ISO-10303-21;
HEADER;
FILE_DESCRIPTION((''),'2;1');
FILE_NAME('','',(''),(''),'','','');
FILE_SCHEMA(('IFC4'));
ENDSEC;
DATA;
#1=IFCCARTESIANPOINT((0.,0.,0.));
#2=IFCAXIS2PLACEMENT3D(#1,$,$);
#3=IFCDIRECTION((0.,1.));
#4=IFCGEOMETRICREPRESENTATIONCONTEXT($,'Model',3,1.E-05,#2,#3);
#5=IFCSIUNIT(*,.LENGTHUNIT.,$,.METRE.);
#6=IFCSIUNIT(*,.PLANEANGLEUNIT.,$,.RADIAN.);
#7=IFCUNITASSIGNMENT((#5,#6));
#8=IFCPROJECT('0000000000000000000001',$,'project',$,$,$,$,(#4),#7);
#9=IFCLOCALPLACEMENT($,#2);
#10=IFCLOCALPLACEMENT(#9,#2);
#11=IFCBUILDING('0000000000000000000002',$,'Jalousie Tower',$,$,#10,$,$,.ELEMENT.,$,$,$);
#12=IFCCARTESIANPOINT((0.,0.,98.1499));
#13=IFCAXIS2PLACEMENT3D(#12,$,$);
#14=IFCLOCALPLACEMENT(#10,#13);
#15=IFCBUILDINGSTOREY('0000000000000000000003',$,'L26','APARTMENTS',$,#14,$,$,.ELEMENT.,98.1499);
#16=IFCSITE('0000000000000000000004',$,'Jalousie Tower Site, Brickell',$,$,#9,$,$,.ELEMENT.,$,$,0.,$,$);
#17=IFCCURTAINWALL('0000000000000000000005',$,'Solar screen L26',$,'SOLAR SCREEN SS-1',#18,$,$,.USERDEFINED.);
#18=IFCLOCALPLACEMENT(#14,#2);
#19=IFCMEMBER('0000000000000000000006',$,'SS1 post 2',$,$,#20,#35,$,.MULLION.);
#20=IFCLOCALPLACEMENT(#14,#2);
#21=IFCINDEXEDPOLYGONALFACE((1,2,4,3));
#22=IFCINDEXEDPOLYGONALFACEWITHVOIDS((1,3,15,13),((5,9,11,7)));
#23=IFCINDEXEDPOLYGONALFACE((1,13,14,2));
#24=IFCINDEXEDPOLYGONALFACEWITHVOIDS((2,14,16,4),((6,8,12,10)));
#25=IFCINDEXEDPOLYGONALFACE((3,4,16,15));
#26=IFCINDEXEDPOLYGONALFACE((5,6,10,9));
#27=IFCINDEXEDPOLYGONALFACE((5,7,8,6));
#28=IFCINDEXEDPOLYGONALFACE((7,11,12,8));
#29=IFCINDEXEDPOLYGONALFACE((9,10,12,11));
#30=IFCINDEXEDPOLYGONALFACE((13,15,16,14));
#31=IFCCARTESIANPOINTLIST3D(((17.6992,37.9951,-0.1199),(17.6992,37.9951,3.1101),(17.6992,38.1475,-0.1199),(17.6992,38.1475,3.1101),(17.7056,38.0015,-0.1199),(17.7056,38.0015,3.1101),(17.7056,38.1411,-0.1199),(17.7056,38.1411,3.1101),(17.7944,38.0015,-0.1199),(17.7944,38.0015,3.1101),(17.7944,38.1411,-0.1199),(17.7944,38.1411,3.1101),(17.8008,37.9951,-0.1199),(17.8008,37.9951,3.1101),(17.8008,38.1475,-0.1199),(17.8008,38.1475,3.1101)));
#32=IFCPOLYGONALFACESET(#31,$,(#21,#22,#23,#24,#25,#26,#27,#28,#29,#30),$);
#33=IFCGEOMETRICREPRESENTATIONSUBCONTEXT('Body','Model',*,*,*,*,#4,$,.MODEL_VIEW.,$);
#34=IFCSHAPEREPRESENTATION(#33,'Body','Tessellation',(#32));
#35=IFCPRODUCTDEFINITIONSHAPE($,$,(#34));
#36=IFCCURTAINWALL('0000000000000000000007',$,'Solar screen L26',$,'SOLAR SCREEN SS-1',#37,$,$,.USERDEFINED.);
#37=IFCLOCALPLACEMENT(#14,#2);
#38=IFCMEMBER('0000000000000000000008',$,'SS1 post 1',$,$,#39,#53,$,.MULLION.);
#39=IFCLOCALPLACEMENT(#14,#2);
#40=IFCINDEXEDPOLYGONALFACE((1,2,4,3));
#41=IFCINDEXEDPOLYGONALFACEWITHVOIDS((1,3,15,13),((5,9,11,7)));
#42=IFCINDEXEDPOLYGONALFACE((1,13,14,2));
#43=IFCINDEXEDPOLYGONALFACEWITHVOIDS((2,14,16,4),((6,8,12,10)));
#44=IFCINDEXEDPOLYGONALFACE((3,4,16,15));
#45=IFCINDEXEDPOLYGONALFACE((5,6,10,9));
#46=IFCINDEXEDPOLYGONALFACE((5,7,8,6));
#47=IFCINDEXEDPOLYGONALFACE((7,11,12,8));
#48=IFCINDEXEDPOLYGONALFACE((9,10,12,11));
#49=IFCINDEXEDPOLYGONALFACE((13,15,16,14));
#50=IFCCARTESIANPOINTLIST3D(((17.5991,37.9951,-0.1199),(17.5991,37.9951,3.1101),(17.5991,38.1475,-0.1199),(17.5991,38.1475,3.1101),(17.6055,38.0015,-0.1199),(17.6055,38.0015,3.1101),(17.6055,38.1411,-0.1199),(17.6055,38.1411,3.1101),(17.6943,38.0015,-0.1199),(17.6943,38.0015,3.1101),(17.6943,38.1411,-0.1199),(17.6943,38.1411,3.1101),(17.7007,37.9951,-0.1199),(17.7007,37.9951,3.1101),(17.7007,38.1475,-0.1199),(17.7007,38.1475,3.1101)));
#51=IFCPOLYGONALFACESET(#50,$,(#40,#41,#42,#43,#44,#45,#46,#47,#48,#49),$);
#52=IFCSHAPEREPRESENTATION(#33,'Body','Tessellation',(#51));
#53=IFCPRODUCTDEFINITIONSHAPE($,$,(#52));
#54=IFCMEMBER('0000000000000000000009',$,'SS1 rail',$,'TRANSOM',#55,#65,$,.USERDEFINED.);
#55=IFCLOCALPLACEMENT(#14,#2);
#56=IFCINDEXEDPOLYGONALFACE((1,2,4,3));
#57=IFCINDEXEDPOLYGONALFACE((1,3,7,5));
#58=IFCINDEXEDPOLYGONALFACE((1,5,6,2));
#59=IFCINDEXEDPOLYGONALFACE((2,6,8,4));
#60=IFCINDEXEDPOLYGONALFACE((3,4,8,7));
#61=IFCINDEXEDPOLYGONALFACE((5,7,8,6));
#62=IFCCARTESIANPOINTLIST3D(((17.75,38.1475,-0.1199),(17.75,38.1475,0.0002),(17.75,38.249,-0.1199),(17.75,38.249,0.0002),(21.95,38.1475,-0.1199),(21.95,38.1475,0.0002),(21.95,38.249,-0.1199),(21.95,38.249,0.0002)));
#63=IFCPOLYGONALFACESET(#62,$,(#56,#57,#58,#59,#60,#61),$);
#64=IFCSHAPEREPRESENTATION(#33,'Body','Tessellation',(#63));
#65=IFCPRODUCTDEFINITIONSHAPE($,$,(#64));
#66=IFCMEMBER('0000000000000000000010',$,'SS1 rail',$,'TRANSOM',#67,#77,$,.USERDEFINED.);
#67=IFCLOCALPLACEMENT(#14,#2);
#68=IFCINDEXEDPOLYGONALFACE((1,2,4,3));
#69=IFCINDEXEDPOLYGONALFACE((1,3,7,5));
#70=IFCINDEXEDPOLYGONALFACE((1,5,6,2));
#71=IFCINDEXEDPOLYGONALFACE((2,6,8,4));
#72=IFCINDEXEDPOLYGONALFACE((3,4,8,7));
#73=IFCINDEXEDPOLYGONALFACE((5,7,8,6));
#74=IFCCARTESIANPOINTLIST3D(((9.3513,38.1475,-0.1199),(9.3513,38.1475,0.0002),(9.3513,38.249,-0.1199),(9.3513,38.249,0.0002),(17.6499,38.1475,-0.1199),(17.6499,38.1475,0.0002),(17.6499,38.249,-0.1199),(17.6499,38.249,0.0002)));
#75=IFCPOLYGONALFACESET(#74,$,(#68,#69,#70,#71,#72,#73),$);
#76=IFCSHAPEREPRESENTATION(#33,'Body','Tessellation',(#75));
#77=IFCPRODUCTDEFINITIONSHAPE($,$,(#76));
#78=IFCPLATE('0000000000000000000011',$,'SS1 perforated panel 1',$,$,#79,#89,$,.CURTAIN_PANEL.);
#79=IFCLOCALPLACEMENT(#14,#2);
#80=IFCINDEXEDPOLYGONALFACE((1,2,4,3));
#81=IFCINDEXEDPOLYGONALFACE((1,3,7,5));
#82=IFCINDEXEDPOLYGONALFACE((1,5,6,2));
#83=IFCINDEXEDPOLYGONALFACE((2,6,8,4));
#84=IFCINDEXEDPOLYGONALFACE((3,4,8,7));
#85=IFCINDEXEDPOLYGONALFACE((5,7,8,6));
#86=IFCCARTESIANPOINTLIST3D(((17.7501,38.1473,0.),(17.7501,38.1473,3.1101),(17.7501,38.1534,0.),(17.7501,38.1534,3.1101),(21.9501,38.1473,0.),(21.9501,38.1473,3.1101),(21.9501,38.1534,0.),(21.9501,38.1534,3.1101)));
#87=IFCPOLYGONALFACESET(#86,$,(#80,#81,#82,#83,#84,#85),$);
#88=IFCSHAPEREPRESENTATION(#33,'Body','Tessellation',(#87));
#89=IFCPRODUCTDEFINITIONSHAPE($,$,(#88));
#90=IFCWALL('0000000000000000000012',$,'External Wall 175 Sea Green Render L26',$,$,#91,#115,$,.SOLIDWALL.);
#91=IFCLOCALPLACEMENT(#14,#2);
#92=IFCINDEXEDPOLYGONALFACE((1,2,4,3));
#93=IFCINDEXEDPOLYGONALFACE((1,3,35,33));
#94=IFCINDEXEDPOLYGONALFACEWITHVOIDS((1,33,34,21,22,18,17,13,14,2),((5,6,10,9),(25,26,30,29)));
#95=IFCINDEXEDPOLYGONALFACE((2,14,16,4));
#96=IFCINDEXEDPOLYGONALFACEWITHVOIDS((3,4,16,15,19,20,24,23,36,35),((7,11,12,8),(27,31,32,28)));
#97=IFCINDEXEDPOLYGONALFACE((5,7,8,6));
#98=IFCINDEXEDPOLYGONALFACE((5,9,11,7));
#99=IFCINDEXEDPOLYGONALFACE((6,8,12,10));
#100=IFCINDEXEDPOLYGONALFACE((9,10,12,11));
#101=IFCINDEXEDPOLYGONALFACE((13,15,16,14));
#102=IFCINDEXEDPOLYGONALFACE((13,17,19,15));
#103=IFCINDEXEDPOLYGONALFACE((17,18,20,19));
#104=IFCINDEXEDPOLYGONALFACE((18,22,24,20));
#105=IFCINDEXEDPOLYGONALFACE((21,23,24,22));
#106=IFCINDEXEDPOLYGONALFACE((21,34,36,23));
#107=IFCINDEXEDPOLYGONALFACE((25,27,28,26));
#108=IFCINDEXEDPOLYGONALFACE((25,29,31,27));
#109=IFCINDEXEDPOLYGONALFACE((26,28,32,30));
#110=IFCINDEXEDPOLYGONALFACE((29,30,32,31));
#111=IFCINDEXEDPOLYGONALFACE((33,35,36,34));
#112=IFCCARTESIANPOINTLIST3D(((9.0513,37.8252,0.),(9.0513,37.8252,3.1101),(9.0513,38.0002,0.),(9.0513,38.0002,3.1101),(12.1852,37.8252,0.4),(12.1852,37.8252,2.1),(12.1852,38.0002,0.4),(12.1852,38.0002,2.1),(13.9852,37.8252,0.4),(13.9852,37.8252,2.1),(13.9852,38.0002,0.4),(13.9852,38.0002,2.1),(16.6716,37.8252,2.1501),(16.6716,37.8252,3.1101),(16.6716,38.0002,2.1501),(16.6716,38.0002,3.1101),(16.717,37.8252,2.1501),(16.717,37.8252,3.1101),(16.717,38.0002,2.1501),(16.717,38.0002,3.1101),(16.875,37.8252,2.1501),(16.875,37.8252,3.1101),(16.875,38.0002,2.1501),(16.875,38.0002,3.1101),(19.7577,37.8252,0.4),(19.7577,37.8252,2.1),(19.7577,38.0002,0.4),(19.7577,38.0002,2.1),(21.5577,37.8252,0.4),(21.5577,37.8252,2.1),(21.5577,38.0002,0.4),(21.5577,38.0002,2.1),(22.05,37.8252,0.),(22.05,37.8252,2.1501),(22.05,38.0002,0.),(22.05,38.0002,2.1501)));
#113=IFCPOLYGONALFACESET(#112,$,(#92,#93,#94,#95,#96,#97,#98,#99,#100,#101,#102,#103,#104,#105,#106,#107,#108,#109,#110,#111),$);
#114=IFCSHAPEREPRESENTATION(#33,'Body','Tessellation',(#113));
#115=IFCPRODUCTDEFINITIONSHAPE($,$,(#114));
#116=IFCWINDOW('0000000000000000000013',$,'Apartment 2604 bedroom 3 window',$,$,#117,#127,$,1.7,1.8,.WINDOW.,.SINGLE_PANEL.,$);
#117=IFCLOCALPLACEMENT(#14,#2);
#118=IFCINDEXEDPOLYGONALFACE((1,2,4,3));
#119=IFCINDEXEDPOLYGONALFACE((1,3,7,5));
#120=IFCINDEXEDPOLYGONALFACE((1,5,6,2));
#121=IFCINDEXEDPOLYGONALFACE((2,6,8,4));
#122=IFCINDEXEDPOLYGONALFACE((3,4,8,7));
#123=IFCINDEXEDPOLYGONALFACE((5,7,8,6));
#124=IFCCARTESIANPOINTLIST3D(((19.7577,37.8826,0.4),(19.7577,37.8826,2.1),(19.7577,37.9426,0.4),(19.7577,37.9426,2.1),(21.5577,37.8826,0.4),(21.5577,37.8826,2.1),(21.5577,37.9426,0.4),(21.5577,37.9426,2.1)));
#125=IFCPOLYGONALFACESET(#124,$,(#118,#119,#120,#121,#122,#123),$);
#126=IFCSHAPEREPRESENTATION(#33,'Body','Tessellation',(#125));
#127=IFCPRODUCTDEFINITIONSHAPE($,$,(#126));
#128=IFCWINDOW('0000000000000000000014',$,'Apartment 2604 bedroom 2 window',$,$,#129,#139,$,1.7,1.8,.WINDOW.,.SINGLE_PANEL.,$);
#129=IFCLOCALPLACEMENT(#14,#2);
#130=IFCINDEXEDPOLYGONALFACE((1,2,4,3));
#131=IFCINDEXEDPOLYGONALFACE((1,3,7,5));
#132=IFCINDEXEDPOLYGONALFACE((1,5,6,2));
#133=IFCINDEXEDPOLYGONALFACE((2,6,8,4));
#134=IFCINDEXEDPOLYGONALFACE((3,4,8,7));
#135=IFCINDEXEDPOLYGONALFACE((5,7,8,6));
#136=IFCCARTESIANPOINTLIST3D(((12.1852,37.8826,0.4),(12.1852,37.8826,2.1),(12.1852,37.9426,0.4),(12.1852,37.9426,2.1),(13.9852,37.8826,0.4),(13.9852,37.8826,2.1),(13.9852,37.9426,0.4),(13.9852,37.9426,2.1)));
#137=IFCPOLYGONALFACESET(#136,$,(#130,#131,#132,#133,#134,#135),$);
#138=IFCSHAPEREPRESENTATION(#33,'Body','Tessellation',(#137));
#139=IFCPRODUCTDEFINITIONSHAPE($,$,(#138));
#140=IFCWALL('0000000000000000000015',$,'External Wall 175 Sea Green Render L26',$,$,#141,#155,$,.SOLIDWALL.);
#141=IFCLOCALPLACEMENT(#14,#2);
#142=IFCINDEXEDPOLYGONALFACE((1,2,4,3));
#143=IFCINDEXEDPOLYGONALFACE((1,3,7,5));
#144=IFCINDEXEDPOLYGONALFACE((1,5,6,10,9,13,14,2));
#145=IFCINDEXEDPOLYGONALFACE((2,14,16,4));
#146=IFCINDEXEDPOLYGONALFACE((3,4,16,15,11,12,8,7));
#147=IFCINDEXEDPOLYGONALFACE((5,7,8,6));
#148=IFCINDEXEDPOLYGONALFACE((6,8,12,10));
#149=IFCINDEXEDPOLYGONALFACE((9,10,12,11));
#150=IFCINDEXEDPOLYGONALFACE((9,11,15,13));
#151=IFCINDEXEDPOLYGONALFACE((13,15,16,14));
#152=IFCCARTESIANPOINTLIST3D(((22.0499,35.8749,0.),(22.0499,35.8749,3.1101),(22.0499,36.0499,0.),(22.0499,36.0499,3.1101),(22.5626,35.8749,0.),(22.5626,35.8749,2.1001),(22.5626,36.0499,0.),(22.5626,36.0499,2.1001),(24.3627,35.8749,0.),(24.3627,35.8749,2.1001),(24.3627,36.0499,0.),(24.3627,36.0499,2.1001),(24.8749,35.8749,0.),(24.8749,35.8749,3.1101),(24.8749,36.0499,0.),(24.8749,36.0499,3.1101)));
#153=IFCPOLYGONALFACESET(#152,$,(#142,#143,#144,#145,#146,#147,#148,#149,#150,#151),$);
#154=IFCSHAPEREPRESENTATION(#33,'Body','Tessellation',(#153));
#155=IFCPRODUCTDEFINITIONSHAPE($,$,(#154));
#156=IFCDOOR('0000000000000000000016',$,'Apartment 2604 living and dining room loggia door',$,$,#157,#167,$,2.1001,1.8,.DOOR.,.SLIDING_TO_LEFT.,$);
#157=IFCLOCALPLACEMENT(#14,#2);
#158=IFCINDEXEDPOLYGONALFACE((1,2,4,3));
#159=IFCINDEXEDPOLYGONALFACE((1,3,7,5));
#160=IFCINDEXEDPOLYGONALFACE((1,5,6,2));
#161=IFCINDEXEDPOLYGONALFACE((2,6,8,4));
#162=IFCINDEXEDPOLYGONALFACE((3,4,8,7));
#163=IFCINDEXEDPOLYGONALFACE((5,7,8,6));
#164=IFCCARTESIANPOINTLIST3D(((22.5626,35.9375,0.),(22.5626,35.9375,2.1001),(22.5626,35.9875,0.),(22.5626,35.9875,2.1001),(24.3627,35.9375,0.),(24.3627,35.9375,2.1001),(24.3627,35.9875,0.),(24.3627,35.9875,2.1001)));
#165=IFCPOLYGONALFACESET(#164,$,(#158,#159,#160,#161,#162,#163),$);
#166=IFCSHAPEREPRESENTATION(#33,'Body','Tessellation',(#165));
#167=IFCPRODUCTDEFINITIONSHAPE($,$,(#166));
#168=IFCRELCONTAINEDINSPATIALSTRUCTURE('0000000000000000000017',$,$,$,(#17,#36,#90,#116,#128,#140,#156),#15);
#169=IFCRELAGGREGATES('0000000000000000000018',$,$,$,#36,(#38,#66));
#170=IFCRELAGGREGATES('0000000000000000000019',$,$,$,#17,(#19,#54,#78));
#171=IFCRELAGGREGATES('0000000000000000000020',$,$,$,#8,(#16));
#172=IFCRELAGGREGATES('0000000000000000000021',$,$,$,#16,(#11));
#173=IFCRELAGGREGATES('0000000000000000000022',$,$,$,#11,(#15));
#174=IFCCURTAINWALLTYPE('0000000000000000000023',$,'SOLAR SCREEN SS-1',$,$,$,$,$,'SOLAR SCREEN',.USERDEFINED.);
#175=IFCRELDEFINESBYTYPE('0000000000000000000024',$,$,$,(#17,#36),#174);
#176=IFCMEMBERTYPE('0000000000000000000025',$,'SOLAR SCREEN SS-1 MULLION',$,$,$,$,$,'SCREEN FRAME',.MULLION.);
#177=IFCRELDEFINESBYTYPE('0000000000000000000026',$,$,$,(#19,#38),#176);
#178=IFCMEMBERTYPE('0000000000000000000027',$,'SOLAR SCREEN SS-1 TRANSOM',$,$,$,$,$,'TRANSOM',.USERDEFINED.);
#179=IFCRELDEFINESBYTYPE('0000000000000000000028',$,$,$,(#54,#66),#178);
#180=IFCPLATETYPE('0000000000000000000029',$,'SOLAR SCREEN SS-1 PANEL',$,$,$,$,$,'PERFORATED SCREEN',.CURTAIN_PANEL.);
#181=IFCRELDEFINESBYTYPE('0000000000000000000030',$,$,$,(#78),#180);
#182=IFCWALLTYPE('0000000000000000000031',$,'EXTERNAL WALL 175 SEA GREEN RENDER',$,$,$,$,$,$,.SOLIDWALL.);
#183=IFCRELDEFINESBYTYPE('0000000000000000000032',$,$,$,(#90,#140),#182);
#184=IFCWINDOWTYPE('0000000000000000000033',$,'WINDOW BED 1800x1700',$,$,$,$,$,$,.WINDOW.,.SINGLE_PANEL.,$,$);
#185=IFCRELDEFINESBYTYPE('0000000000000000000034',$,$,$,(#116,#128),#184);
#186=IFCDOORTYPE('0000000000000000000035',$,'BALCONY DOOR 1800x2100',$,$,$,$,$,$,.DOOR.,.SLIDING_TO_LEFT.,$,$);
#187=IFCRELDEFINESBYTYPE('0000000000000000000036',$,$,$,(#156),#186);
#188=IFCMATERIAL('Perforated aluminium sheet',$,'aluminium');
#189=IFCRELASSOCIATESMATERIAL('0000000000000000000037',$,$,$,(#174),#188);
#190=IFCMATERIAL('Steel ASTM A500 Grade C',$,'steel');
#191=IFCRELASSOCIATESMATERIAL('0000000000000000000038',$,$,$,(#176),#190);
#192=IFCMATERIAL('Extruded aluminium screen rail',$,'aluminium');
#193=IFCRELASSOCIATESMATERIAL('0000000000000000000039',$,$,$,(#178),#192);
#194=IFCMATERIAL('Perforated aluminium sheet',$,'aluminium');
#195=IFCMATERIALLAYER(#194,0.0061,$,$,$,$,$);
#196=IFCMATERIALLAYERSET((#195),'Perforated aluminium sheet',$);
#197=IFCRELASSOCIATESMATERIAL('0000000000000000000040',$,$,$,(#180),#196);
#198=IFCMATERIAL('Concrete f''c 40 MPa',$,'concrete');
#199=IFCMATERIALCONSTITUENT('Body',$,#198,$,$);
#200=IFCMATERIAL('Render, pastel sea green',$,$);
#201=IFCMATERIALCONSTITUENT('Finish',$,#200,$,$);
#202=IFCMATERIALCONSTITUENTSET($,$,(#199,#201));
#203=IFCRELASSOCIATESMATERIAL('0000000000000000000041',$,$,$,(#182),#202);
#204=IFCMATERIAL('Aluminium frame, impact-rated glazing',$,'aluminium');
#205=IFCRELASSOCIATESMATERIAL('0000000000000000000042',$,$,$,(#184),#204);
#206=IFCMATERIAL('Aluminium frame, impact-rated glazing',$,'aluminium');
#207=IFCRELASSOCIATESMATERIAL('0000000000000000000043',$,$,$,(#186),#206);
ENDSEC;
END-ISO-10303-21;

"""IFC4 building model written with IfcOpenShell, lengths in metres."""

from ifc_helpers import new_model, si_unit, direction, frame, frame_2d, origin, origin_2d, place, context, subcontext, project, spatial, polyline, rectangle, hollow_rectangle, outline, extrude, material, layer, layer_set, constituent, constituent_set, material_profile, profile_set, type_object, element, fill, aggregate, save


model = new_model("IFC4")

# Units and contexts
model_context = context("Model", 3, precision=1e-05, world=origin(), true_north=direction((0.0, 1.0)))
body_context = subcontext(model_context, "Body", "Model", "MODEL_VIEW")
ifc_project = project(units=[si_unit("LENGTHUNIT", "METRE"), si_unit("PLANEANGLEUNIT", "RADIAN")], contexts=[model_context])

# Site, building, storey
site_placement = place(None, origin())
site = spatial("IfcSite", under=ifc_project, at=site_placement, Name="Jalousie Tower Site, Brickell", CompositionType="ELEMENT", RefElevation=0.0)
building_placement = place(site_placement, origin())
building = spatial("IfcBuilding", under=site, at=building_placement, Name="Jalousie Tower", CompositionType="ELEMENT")
storey_placement = place(building_placement, frame((0.0, 0.0, 98.1499)))
storey = spatial("IfcBuildingStorey", under=building, at=storey_placement, Name="L26", Description="APARTMENTS", CompositionType="ELEMENT", Elevation=98.1499)

# Shared definitions
ifc_material_1 = material(Name="Perforated aluminium sheet", Category="aluminium")
curtain_wall_type = type_object("IfcCurtainWallType", Name="SOLAR SCREEN SS-1", ElementType="SOLAR SCREEN", PredefinedType="USERDEFINED", material=ifc_material_1)
ifc_material_2 = material(Name="Steel ASTM A500 Grade C", Category="steel")
ifc_material_profile_1 = material_profile(ifc_material_2, hollow_rectangle(XDim=0.1016, YDim=0.1523, WallThickness=0.0063, at=origin_2d()), Name="HSS6X4X1/4")
ifc_profile_set_1 = profile_set([ifc_material_profile_1], Name="Steel ASTM A500 Grade C")
member_type_1 = type_object("IfcMemberType", Name="SOLAR SCREEN SS-1 MULLION", ElementType="SCREEN FRAME", PredefinedType="MULLION", material=ifc_profile_set_1)

# Curtain wall, member
curtain_wall_1_placement = place(storey_placement, origin())
curtain_wall_1 = element("IfcCurtainWall", 1, at=curtain_wall_1_placement, inside=storey, type_object=curtain_wall_type, Name="Solar screen L26", ObjectType="SOLAR SCREEN SS-1", PredefinedType="USERDEFINED")
member_1_placement = place(storey_placement, frame((17.75, 38.0713, -0.1199), z_axis=(0.0, 0.0, 1.0), x_axis=(-1.0, 0.0, 0.0)))
member_1 = element("IfcMember", 2, at=member_1_placement, type_object=member_type_1, Name="SS1 post 2", PredefinedType="MULLION", context=body_context, shape_type="SweptSolid", body=[
    extrude(hollow_rectangle(XDim=0.1016, YDim=0.1523, WallThickness=0.0063, at=origin_2d()), origin(), (0.0, 0.0, 1.0), 3.23),
])

# Curtain wall, member
curtain_wall_2_placement = place(storey_placement, origin())
curtain_wall_2 = element("IfcCurtainWall", 3, at=curtain_wall_2_placement, inside=storey, type_object=curtain_wall_type, Name="Solar screen L26", ObjectType="SOLAR SCREEN SS-1", PredefinedType="USERDEFINED")
member_2_placement = place(storey_placement, frame((17.6499, 38.0713, -0.1199), z_axis=(0.0, 0.0, 1.0), x_axis=(-1.0, 0.0, 0.0)))
member_2 = element("IfcMember", 4, at=member_2_placement, type_object=member_type_1, Name="SS1 post 1", PredefinedType="MULLION", context=body_context, shape_type="SweptSolid", body=[
    extrude(hollow_rectangle(XDim=0.1016, YDim=0.1523, WallThickness=0.0063, at=origin_2d()), origin(), (0.0, 0.0, 1.0), 3.23),
])

# Members
ifc_material_3 = material(Name="Extruded aluminium screen rail", Category="aluminium")
ifc_material_profile_2 = material_profile(ifc_material_3, rectangle(XDim=0.1016, YDim=0.1201, at=origin_2d()), Name="RAIL 102x120")
ifc_profile_set_2 = profile_set([ifc_material_profile_2], Name="Extruded aluminium screen rail")
member_type_2 = type_object("IfcMemberType", Name="SOLAR SCREEN SS-1 TRANSOM", ElementType="TRANSOM", PredefinedType="USERDEFINED", material=ifc_profile_set_2)
member_3_placement = place(storey_placement, frame((21.95, 38.1982, -0.0598), z_axis=(-1.0, 0.0, 0.0), x_axis=(0.0, -1.0, 0.0)))
member_3 = element("IfcMember", 5, at=member_3_placement, type_object=member_type_2, Name="SS1 rail", ObjectType="TRANSOM", PredefinedType="USERDEFINED", context=body_context, shape_type="SweptSolid", body=[
    extrude(rectangle(XDim=0.1016, YDim=0.1201, at=origin_2d()), origin(), (0.0, 0.0, 1.0), 4.2),
])
member_4_placement = place(storey_placement, frame((17.6499, 38.1982, -0.0598), z_axis=(-1.0, 0.0, 0.0), x_axis=(0.0, -1.0, 0.0)))
member_4 = element("IfcMember", 6, at=member_4_placement, type_object=member_type_2, Name="SS1 rail", ObjectType="TRANSOM", PredefinedType="USERDEFINED", context=body_context, shape_type="SweptSolid", body=[
    extrude(rectangle(XDim=0.1016, YDim=0.1201, at=origin_2d()), origin(), (0.0, 0.0, 1.0), 8.2986),
])
aggregate(curtain_wall_2, [member_2, member_4])

# Plate
ifc_material_4 = material(Name="Perforated aluminium sheet", Category="aluminium")
ifc_layer_1 = layer(ifc_material_4, 0.0061)
ifc_layer_set_1 = layer_set([ifc_layer_1], Name="Perforated aluminium sheet")
plate_type = type_object("IfcPlateType", Name="SOLAR SCREEN SS-1 PANEL", ElementType="PERFORATED SCREEN", PredefinedType="CURTAIN_PANEL", material=ifc_layer_set_1)
plate_placement = place(storey_placement, frame((19.8501, 38.1504, 0.0), z_axis=(0.0, 0.0, 1.0), x_axis=(-1.0, 0.0, 0.0)))
plate = element("IfcPlate", 7, at=plate_placement, type_object=plate_type, Name="SS1 perforated panel 1", PredefinedType="CURTAIN_PANEL", context=body_context, shape_type="SweptSolid", body=[
    extrude(rectangle(XDim=4.2, YDim=0.0061, at=origin_2d()), origin(), (0.0, 0.0, 1.0), 3.1101),
])
aggregate(curtain_wall_1, [member_1, member_3, plate])

# Wall, openings, windows
ifc_material_5 = material(Name="Concrete f'c 40 MPa", Category="concrete")
ifc_constituent_1 = constituent(ifc_material_5, Name="Body")
ifc_material_6 = material(Name="Render, pastel sea green")
ifc_constituent_2 = constituent(ifc_material_6, Name="Finish")
ifc_constituent_set_1 = constituent_set(constituents=[ifc_constituent_1, ifc_constituent_2])
wall_type_1 = type_object("IfcWallType", Name="EXTERNAL WALL 175 SEA GREEN RENDER", PredefinedType="SOLIDWALL", material=ifc_constituent_set_1)
wall_1_placement = place(storey_placement, frame((22.05, 37.9126, 0.0), z_axis=(0.0, 0.0, 1.0), x_axis=(-1.0, 0.0, 0.0)))
wall_1 = element("IfcWall", 8, at=wall_1_placement, inside=storey, type_object=wall_type_1, Name="External Wall 175 Sea Green Render L26", PredefinedType="SOLIDWALL", context=body_context, shape_type="SweptSolid", body=[
    extrude(outline(polyline([(0.0, 0.0), (12.9988, 0.0), (12.9988, 3.1101), (5.3784, 3.1101), (5.3784, 2.1501), (5.333, 2.1501), (5.333, 3.1101), (5.175, 3.1101), (5.175, 2.1501), (0.0, 2.1501), (0.0, 0.0)])), frame((0.0, 0.0874, 0.0), z_axis=(0.0, -1.0, 0.0), x_axis=(1.0, 0.0, 0.0)), (0.0, 0.0, 1.0), 0.175),
])
opening_1_placement = place(wall_1_placement, frame((0.4924, 0.0, 0.3999)))
opening_1 = element("IfcOpeningElement", 9, at=opening_1_placement, cuts=wall_1, PredefinedType="OPENING", context=body_context, shape_type="SweptSolid", body=[
    extrude(rectangle(XDim=1.8, YDim=1.7, at=frame_2d((0.8999, 0.8501))), frame((0.0, 0.0974, 0.0), z_axis=(0.0, -1.0, 0.0), x_axis=(1.0, 0.0, 0.0)), (0.0, 0.0, 1.0), 0.1951),
])
opening_2_placement = place(wall_1_placement, frame((8.0649, 0.0, 0.3999)))
opening_2 = element("IfcOpeningElement", 10, at=opening_2_placement, cuts=wall_1, PredefinedType="OPENING", context=body_context, shape_type="SweptSolid", body=[
    extrude(rectangle(XDim=1.8, YDim=1.7, at=frame_2d((0.8999, 0.8501))), frame((0.0, 0.0974, 0.0), z_axis=(0.0, -1.0, 0.0), x_axis=(1.0, 0.0, 0.0)), (0.0, 0.0, 1.0), 0.1951),
])
ifc_material_7 = material(Name="Aluminium frame, impact-rated glazing", Category="aluminium")
window_type = type_object("IfcWindowType", Name="WINDOW BED 1800x1700", PartitioningType="SINGLE_PANEL", PredefinedType="WINDOW", material=ifc_material_7)
window_1_placement = place(opening_1_placement, origin())
window_1 = element("IfcWindow", 11, at=window_1_placement, inside=storey, type_object=window_type, Name="Apartment 2604 bedroom 3 window", OverallHeight=1.7, OverallWidth=1.8, PartitioningType="SINGLE_PANEL", PredefinedType="WINDOW", context=body_context, shape_type="SweptSolid", body=[
    extrude(rectangle(XDim=1.8, YDim=1.7, at=frame_2d((0.8999, 0.8501))), frame((0.0, 0.03, 0.0), z_axis=(0.0, -1.0, 0.0), x_axis=(1.0, 0.0, 0.0)), (0.0, 0.0, 1.0), 0.0601),
])
fill(opening_1, window_1)
window_2_placement = place(opening_2_placement, origin())
window_2 = element("IfcWindow", 12, at=window_2_placement, inside=storey, type_object=window_type, Name="Apartment 2604 bedroom 2 window", OverallHeight=1.7, OverallWidth=1.8, PartitioningType="SINGLE_PANEL", PredefinedType="WINDOW", context=body_context, shape_type="SweptSolid", body=[
    extrude(rectangle(XDim=1.8, YDim=1.7, at=frame_2d((0.8999, 0.8501))), frame((0.0, 0.03, 0.0), z_axis=(0.0, -1.0, 0.0), x_axis=(1.0, 0.0, 0.0)), (0.0, 0.0, 1.0), 0.0601),
])
fill(opening_2, window_2)

# Wall, opening, door
wall_2_placement = place(storey_placement, frame((24.875, 35.9624, 0.0), z_axis=(0.0, 0.0, 1.0), x_axis=(-1.0, 0.0, 0.0)))
wall_2 = element("IfcWall", 13, at=wall_2_placement, inside=storey, type_object=wall_type_1, Name="External Wall 175 Sea Green Render L26", PredefinedType="SOLIDWALL", context=body_context, shape_type="SweptSolid", body=[
    extrude(rectangle(XDim=2.825, YDim=0.175, at=frame_2d((1.4126, 0.0))), origin(), (0.0, 0.0, 1.0), 3.1101),
])
opening_3_placement = place(wall_2_placement, frame((0.5125, 0.0, 0.0)))
opening_3 = element("IfcOpeningElement", 14, at=opening_3_placement, cuts=wall_2, PredefinedType="OPENING", context=body_context, shape_type="SweptSolid", body=[
    extrude(rectangle(XDim=1.8, YDim=2.1001, at=frame_2d((0.8999, 1.05))), frame((0.0, 0.0974, 0.0), z_axis=(0.0, -1.0, 0.0), x_axis=(1.0, 0.0, 0.0)), (0.0, 0.0, 1.0), 0.1951),
])
ifc_material_8 = material(Name="Aluminium frame, impact-rated glazing", Category="aluminium")
door_type_1 = type_object("IfcDoorType", Name="BALCONY DOOR 1800x2100", OperationType="SLIDING_TO_LEFT", PredefinedType="DOOR", material=ifc_material_8)
door_1_placement = place(opening_3_placement, origin())
door_1 = element("IfcDoor", 15, at=door_1_placement, inside=storey, type_object=door_type_1, Name="Apartment 2604 living and dining room loggia door", OperationType="SLIDING_TO_LEFT", OverallHeight=2.1001, OverallWidth=1.8, PredefinedType="DOOR", context=body_context, shape_type="SweptSolid", body=[
    extrude(rectangle(XDim=1.8, YDim=2.1001, at=frame_2d((0.8999, 1.05))), frame((0.0, 0.0249, 0.0), z_axis=(0.0, -1.0, 0.0), x_axis=(1.0, 0.0, 0.0)), (0.0, 0.0, 1.0), 0.05),
])
fill(opening_3, door_1)

save(model, "model.ifc")
